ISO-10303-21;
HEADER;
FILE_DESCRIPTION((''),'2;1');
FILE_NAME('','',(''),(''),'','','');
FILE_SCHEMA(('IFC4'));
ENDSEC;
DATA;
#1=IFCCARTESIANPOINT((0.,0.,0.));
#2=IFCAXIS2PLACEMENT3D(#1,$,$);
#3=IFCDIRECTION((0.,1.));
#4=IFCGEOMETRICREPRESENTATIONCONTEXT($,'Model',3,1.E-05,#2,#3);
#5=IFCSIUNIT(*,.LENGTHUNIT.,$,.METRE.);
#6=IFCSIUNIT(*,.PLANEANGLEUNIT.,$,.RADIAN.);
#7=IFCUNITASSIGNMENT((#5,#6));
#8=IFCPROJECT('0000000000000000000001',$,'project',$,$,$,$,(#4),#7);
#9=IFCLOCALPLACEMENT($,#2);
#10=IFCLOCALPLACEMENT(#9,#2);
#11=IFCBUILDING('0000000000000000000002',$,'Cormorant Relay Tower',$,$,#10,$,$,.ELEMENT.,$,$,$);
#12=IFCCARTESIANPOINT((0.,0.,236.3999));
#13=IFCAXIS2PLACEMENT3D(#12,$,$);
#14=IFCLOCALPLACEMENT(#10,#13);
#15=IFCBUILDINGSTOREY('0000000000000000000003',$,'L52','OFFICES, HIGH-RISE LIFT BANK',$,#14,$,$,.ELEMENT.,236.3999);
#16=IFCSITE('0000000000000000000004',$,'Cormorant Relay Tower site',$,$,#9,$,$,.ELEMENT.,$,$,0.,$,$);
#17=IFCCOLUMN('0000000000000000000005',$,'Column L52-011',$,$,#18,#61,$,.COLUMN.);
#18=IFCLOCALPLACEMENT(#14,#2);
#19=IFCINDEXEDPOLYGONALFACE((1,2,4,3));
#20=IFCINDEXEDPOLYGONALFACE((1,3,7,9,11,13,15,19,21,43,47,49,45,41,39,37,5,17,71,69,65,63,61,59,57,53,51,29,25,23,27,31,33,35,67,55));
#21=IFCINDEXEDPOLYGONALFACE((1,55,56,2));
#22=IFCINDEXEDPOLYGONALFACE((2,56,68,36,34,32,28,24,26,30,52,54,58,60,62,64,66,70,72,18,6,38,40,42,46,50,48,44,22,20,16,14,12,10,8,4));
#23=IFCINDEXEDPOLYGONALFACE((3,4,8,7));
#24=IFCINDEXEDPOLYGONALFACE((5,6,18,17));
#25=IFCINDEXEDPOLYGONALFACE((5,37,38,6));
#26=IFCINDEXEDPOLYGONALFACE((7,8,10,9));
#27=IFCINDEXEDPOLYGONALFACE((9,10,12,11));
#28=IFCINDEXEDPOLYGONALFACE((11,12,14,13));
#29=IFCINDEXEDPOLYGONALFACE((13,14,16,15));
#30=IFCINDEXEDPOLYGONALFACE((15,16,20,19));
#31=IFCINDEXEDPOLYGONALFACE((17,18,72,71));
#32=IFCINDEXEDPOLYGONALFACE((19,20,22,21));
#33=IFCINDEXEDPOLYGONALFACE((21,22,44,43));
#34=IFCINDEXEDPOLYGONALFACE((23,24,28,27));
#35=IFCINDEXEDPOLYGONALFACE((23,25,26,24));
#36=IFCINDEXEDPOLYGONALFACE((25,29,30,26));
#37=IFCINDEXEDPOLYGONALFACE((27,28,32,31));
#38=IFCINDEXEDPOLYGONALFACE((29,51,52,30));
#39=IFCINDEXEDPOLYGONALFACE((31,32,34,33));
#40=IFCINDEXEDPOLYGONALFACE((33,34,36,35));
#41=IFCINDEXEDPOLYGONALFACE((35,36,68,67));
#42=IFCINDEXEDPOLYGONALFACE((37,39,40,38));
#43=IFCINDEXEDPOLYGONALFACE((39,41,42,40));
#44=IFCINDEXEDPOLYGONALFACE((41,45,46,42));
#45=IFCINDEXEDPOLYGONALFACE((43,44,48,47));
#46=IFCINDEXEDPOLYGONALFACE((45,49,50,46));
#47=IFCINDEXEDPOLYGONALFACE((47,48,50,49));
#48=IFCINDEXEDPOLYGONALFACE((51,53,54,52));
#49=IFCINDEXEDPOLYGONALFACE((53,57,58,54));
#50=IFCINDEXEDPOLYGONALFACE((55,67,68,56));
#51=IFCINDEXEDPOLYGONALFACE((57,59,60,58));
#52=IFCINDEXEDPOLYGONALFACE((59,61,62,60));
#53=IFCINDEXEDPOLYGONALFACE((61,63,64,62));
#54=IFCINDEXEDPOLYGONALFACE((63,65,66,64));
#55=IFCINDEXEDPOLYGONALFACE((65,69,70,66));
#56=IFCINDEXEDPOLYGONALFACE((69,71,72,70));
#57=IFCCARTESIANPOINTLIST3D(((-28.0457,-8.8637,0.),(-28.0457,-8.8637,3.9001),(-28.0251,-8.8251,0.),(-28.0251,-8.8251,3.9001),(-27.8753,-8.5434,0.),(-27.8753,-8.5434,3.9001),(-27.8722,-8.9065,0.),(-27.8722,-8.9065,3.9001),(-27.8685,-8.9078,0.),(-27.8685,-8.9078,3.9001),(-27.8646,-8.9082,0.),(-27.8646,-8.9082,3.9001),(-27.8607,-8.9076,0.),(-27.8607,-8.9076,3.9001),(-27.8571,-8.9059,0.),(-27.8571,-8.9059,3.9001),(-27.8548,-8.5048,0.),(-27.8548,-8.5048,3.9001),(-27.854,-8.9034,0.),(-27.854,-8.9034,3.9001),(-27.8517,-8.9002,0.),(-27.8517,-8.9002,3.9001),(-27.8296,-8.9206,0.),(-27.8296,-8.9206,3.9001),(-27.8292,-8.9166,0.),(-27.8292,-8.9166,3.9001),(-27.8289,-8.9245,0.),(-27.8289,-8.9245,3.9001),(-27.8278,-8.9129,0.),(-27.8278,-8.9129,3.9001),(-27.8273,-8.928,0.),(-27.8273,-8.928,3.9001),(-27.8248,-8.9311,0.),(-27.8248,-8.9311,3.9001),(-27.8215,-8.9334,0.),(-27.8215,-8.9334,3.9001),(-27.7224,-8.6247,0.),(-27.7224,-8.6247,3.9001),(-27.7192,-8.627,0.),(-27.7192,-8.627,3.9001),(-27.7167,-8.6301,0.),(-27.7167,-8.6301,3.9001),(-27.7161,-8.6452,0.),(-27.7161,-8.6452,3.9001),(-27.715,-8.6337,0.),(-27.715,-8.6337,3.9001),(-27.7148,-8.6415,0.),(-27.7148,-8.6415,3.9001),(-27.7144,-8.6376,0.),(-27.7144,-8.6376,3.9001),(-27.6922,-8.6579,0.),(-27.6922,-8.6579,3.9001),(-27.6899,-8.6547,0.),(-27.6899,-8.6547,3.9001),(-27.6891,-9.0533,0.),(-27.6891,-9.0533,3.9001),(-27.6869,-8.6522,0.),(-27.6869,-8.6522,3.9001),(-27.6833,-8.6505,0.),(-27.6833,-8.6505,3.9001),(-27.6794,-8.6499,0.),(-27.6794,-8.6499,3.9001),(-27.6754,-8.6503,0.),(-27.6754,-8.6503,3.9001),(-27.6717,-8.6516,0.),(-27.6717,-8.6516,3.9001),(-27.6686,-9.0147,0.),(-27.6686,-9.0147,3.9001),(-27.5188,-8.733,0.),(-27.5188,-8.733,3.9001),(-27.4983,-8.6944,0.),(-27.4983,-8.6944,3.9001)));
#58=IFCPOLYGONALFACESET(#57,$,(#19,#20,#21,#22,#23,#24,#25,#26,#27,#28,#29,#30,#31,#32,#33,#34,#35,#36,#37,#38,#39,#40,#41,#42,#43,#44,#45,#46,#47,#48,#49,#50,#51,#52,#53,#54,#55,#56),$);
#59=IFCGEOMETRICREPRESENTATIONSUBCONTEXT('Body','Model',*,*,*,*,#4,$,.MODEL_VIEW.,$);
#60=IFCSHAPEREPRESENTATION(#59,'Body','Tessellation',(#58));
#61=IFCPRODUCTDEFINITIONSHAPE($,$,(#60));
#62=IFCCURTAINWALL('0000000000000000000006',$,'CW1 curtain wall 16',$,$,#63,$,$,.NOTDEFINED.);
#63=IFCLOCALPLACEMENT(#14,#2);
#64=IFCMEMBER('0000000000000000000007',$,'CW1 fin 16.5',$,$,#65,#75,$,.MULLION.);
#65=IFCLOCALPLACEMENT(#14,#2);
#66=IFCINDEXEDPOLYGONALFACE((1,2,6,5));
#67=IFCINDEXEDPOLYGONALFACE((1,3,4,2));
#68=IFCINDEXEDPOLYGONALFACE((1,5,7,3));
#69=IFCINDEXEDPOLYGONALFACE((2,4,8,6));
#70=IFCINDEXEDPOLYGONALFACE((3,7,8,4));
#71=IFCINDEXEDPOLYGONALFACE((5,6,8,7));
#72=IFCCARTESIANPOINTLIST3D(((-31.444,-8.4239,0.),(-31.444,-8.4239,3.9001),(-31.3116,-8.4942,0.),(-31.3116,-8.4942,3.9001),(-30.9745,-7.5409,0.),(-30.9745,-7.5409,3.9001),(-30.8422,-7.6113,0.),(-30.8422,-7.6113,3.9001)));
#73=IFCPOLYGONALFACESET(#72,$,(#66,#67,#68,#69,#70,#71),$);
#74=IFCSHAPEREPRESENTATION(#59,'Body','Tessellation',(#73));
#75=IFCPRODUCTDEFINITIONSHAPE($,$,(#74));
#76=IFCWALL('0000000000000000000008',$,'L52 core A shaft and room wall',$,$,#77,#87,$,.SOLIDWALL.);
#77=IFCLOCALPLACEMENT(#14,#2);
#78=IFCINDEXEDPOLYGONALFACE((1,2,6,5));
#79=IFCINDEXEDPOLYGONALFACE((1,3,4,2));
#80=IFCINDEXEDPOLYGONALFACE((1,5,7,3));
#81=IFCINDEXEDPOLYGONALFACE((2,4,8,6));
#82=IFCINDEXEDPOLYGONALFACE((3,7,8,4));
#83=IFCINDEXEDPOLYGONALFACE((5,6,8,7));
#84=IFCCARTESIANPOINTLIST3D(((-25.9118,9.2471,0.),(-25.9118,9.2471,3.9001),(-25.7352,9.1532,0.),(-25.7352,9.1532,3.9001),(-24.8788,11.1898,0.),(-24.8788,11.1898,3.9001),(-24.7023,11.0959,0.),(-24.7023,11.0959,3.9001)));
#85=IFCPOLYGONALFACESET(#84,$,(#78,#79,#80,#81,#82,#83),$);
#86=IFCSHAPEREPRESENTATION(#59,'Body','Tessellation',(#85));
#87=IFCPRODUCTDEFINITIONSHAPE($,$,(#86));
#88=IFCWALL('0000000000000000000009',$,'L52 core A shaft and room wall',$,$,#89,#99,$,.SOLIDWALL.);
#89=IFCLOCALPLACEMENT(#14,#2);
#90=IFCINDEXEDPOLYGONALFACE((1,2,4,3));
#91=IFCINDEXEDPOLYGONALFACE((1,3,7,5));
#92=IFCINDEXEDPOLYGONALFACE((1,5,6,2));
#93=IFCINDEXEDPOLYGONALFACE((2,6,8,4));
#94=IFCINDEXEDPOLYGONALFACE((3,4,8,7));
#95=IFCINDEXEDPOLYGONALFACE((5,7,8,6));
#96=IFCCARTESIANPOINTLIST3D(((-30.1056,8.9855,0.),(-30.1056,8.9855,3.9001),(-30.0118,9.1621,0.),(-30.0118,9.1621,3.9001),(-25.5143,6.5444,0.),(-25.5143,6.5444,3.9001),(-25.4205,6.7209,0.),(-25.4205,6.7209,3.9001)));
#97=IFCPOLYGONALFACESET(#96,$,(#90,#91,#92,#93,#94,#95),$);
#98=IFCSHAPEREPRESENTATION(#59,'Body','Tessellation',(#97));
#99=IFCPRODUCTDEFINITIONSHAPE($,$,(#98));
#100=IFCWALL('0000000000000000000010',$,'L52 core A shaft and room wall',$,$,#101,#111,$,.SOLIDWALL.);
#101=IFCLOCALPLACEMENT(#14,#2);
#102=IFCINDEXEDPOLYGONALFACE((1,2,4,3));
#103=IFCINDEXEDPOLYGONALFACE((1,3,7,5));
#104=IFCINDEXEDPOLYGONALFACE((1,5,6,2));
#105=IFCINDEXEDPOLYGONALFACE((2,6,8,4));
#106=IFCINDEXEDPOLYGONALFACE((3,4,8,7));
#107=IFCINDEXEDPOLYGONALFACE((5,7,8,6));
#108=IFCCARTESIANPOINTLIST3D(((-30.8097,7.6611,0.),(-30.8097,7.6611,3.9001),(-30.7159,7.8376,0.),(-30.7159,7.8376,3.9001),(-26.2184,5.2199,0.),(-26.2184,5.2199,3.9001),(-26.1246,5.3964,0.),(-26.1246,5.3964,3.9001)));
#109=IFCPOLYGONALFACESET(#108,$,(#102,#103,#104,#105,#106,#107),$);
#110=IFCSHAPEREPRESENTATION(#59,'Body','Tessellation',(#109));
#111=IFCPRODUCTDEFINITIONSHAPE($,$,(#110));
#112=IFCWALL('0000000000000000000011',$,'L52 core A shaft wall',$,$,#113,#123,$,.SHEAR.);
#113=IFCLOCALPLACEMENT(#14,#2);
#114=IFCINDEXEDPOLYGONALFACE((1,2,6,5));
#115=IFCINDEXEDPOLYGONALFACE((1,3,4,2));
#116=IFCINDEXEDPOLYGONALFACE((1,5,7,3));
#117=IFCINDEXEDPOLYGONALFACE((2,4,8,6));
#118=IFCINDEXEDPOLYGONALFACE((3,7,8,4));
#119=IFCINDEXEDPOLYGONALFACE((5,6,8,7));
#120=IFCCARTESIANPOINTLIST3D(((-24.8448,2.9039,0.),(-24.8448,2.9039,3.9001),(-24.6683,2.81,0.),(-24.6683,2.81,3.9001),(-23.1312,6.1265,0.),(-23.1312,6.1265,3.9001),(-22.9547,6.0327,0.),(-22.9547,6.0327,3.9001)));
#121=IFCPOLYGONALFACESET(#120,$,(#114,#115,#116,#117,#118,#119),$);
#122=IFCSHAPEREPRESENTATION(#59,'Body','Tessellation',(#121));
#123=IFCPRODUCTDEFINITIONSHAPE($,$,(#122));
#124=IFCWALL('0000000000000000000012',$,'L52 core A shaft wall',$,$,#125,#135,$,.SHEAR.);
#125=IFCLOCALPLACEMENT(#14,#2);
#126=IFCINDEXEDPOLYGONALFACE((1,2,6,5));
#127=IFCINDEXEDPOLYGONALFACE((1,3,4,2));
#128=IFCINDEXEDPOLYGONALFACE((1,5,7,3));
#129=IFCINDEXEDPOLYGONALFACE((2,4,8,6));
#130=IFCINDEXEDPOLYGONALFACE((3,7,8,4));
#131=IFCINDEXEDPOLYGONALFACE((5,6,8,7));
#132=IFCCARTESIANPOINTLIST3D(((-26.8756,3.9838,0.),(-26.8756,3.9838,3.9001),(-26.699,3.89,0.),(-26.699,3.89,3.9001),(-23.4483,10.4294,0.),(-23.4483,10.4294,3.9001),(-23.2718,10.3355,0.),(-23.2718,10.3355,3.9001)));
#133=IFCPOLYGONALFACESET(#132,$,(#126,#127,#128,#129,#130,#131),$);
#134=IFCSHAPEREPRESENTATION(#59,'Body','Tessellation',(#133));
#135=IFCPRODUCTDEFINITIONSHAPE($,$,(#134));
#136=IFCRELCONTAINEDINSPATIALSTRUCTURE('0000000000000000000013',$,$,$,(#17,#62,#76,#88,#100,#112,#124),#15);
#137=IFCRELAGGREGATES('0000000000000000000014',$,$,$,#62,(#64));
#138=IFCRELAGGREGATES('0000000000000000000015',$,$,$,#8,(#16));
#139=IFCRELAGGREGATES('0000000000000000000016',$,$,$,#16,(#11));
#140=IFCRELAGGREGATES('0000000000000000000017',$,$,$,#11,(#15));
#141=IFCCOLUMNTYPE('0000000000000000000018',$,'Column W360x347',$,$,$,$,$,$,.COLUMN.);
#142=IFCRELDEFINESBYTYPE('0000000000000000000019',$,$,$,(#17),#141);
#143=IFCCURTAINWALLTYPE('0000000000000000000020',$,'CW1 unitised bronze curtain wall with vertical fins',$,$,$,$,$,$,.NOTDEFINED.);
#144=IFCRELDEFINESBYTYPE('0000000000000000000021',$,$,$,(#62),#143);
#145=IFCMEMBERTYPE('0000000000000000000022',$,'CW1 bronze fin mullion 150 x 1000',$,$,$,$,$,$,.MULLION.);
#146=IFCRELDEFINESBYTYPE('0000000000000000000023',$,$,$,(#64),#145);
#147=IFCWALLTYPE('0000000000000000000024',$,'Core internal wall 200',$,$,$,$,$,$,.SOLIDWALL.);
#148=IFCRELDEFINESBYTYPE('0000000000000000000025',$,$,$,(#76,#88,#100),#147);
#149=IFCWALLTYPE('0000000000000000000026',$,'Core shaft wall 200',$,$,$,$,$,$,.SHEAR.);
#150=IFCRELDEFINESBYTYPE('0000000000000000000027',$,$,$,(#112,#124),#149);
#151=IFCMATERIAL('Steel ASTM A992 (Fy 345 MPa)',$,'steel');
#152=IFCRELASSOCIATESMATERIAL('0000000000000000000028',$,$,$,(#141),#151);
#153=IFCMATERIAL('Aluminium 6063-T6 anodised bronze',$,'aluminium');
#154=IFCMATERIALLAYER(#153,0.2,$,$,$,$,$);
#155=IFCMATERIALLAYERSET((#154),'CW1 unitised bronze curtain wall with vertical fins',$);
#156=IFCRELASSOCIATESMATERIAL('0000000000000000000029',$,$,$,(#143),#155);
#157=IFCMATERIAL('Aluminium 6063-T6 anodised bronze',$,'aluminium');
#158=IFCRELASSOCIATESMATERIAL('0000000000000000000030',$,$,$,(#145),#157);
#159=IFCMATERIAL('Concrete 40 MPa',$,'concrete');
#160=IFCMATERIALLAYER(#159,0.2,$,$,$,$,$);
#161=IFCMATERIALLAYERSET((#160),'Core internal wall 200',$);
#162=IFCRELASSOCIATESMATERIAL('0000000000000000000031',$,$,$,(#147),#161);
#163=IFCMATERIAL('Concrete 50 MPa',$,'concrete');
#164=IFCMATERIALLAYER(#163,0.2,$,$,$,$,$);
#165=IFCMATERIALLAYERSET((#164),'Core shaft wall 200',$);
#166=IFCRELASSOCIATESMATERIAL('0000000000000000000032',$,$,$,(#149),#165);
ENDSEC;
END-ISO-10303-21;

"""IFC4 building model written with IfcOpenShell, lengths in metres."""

from ifc_helpers import new_model, si_unit, direction, frame, frame_2d, origin, origin_2d, place, context, subcontext, project, spatial, rectangle, i_section, extrude, material, layer, layer_set, material_profile, profile_set, type_object, element, aggregate, save


model = new_model("IFC4")

# Units and contexts
model_context = context("Model", 3, precision=1e-05, world=origin(), true_north=direction((0.0, 1.0)))
body_context = subcontext(model_context, "Body", "Model", "MODEL_VIEW")
ifc_project = project(units=[si_unit("LENGTHUNIT", "METRE"), si_unit("PLANEANGLEUNIT", "RADIAN")], contexts=[model_context])

# Site, building, storey
site_placement = place(None, origin())
site = spatial("IfcSite", under=ifc_project, at=site_placement, Name="Cormorant Relay Tower site", CompositionType="ELEMENT", RefElevation=0.0)
building_placement = place(site_placement, origin())
building = spatial("IfcBuilding", under=site, at=building_placement, Name="Cormorant Relay Tower", CompositionType="ELEMENT")
storey_placement = place(building_placement, frame((0.0, 0.0, 236.3999)))
storey = spatial("IfcBuildingStorey", under=building, at=storey_placement, Name="L52", Description="OFFICES, HIGH-RISE LIFT BANK", CompositionType="ELEMENT", Elevation=236.3999)

# Column
ifc_material_1 = material(Name="Steel ASTM A992 (Fy 345 MPa)", Category="steel")
ifc_material_profile_1 = material_profile(ifc_material_1, i_section(OverallWidth=0.4038, OverallDepth=0.4065, WebThickness=0.0271, FlangeThickness=0.0437, FilletRadius=0.0151, at=origin_2d()), Name="W360x347")
ifc_profile_set_1 = profile_set([ifc_material_profile_1], Name="Steel ASTM A992 (Fy 345 MPa)")
column_type = type_object("IfcColumnType", Name="Column W360x347", PredefinedType="COLUMN", material=ifc_profile_set_1)
column_placement = place(storey_placement, frame((-27.772, -8.7791, 0.0), z_axis=(0.0, 0.0, 1.0), x_axis=(0.882948, -0.469472, 0.0)))
element("IfcColumn", 1, at=column_placement, inside=storey, type_object=column_type, Name="Column L52-011", PredefinedType="COLUMN", context=body_context, shape_type="SweptSolid", body=[
    extrude(i_section(OverallWidth=0.4038, OverallDepth=0.4065, WebThickness=0.0271, FlangeThickness=0.0437, FilletRadius=0.0151, at=origin_2d()), origin(), (0.0, 0.0, 1.0), 3.9001),
])

# Curtain wall, member
ifc_material_2 = material(Name="Aluminium 6063-T6 anodised bronze", Category="aluminium")
ifc_layer_1 = layer(ifc_material_2, 0.2)
ifc_layer_set_1 = layer_set([ifc_layer_1], Name="CW1 unitised bronze curtain wall with vertical fins")
curtain_wall_type = type_object("IfcCurtainWallType", Name="CW1 unitised bronze curtain wall with vertical fins", PredefinedType="NOTDEFINED", material=ifc_layer_set_1)
curtain_wall_placement = place(storey_placement, origin())
curtain_wall = element("IfcCurtainWall", 2, at=curtain_wall_placement, inside=storey, type_object=curtain_wall_type, Name="CW1 curtain wall 16", PredefinedType="NOTDEFINED")
ifc_material_3 = material(Name="Aluminium 6063-T6 anodised bronze", Category="aluminium")
ifc_material_profile_2 = material_profile(ifc_material_3, rectangle(XDim=0.1499, YDim=1.0, at=origin_2d()), Name="AL 150x1000")
ifc_profile_set_2 = profile_set([ifc_material_profile_2], Name="Aluminium 6063-T6 anodised bronze")
member_type = type_object("IfcMemberType", Name="CW1 bronze fin mullion 150 x 1000", PredefinedType="MULLION", material=ifc_profile_set_2)
member_placement = place(storey_placement, frame((-31.1431, -8.0176, 0.0), z_axis=(0.0, 0.0, 1.0), x_axis=(0.882948, -0.469472, 0.0)))
member = element("IfcMember", 3, at=member_placement, type_object=member_type, Name="CW1 fin 16.5", PredefinedType="MULLION", context=body_context, shape_type="SweptSolid", body=[
    extrude(rectangle(XDim=0.1499, YDim=1.0, at=origin_2d()), origin(), (0.0, 0.0, 1.0), 3.9001),
])

# Walls
ifc_material_4 = material(Name="Concrete 40 MPa", Category="concrete")
ifc_layer_2 = layer(ifc_material_4, 0.2)
ifc_layer_set_2 = layer_set([ifc_layer_2], Name="Core internal wall 200")
wall_type_1 = type_object("IfcWallType", Name="Core internal wall 200", PredefinedType="SOLIDWALL", material=ifc_layer_set_2)
wall_1_placement = place(storey_placement, frame((-24.7905, 11.1428, 0.0), z_axis=(0.0, 0.0, 1.0), x_axis=(-0.469488, -0.882939, 0.0)))
element("IfcWall", 4, at=wall_1_placement, inside=storey, type_object=wall_type_1, Name="L52 core A shaft and room wall", PredefinedType="SOLIDWALL", context=body_context, shape_type="SweptSolid", body=[
    extrude(rectangle(XDim=2.2002, YDim=0.2, at=frame_2d((1.1001, 0.0))), origin(), (0.0, 0.0, 1.0), 3.9001),
])
for number, where, z_axis, x_axis, name in (
    (5, (-25.4673, 6.6326, 0.0), (0.0, 0.0, 1.0), (-0.882954, 0.46946, 0.0), "L52 core A shaft and room wall"),
    (6, (-26.1714, 5.3081, 0.0), (0.0, 0.0, 1.0), (-0.882954, 0.46946, 0.0), "L52 core A shaft and room wall"),
):
    element("IfcWall", number, at=place(storey_placement, frame(where, z_axis=z_axis, x_axis=x_axis)), inside=storey, type_object=wall_type_1, Name=name, PredefinedType="SOLIDWALL", context=body_context, shape_type="SweptSolid", body=[
        extrude(rectangle(XDim=5.2, YDim=0.2, at=frame_2d((2.6001, 0.0))), origin(), (0.0, 0.0, 1.0), 3.9001),
    ])
ifc_material_5 = material(Name="Concrete 50 MPa", Category="concrete")
ifc_layer_3 = layer(ifc_material_5, 0.2)
ifc_layer_set_3 = layer_set([ifc_layer_3], Name="Core shaft wall 200")
wall_type_2 = type_object("IfcWallType", Name="Core shaft wall 200", PredefinedType="SHEAR", material=ifc_layer_set_3)
wall_2_placement = place(storey_placement, frame((-23.043, 6.0796, 0.0), z_axis=(0.0, 0.0, 1.0), x_axis=(-0.469494, -0.882936, 0.0)))
element("IfcWall", 7, at=wall_2_placement, inside=storey, type_object=wall_type_2, Name="L52 core A shaft wall", PredefinedType="SHEAR", context=body_context, shape_type="SweptSolid", body=[
    extrude(rectangle(XDim=3.6499, YDim=0.2, at=frame_2d((1.825, 0.0))), origin(), (0.0, 0.0, 1.0), 3.9001),
])
wall_3_placement = place(storey_placement, frame((-23.3601, 10.3823, 0.0), z_axis=(0.0, 0.0, 1.0), x_axis=(-0.46948, -0.882943, 0.0)))
element("IfcWall", 8, at=wall_3_placement, inside=storey, type_object=wall_type_2, Name="L52 core A shaft wall", PredefinedType="SHEAR", context=body_context, shape_type="SweptSolid", body=[
    extrude(rectangle(XDim=7.3, YDim=0.2, at=frame_2d((3.6499, 0.0))), origin(), (0.0, 0.0, 1.0), 3.9001),
])

aggregate(curtain_wall, [member])

save(model, "model.ifc")
